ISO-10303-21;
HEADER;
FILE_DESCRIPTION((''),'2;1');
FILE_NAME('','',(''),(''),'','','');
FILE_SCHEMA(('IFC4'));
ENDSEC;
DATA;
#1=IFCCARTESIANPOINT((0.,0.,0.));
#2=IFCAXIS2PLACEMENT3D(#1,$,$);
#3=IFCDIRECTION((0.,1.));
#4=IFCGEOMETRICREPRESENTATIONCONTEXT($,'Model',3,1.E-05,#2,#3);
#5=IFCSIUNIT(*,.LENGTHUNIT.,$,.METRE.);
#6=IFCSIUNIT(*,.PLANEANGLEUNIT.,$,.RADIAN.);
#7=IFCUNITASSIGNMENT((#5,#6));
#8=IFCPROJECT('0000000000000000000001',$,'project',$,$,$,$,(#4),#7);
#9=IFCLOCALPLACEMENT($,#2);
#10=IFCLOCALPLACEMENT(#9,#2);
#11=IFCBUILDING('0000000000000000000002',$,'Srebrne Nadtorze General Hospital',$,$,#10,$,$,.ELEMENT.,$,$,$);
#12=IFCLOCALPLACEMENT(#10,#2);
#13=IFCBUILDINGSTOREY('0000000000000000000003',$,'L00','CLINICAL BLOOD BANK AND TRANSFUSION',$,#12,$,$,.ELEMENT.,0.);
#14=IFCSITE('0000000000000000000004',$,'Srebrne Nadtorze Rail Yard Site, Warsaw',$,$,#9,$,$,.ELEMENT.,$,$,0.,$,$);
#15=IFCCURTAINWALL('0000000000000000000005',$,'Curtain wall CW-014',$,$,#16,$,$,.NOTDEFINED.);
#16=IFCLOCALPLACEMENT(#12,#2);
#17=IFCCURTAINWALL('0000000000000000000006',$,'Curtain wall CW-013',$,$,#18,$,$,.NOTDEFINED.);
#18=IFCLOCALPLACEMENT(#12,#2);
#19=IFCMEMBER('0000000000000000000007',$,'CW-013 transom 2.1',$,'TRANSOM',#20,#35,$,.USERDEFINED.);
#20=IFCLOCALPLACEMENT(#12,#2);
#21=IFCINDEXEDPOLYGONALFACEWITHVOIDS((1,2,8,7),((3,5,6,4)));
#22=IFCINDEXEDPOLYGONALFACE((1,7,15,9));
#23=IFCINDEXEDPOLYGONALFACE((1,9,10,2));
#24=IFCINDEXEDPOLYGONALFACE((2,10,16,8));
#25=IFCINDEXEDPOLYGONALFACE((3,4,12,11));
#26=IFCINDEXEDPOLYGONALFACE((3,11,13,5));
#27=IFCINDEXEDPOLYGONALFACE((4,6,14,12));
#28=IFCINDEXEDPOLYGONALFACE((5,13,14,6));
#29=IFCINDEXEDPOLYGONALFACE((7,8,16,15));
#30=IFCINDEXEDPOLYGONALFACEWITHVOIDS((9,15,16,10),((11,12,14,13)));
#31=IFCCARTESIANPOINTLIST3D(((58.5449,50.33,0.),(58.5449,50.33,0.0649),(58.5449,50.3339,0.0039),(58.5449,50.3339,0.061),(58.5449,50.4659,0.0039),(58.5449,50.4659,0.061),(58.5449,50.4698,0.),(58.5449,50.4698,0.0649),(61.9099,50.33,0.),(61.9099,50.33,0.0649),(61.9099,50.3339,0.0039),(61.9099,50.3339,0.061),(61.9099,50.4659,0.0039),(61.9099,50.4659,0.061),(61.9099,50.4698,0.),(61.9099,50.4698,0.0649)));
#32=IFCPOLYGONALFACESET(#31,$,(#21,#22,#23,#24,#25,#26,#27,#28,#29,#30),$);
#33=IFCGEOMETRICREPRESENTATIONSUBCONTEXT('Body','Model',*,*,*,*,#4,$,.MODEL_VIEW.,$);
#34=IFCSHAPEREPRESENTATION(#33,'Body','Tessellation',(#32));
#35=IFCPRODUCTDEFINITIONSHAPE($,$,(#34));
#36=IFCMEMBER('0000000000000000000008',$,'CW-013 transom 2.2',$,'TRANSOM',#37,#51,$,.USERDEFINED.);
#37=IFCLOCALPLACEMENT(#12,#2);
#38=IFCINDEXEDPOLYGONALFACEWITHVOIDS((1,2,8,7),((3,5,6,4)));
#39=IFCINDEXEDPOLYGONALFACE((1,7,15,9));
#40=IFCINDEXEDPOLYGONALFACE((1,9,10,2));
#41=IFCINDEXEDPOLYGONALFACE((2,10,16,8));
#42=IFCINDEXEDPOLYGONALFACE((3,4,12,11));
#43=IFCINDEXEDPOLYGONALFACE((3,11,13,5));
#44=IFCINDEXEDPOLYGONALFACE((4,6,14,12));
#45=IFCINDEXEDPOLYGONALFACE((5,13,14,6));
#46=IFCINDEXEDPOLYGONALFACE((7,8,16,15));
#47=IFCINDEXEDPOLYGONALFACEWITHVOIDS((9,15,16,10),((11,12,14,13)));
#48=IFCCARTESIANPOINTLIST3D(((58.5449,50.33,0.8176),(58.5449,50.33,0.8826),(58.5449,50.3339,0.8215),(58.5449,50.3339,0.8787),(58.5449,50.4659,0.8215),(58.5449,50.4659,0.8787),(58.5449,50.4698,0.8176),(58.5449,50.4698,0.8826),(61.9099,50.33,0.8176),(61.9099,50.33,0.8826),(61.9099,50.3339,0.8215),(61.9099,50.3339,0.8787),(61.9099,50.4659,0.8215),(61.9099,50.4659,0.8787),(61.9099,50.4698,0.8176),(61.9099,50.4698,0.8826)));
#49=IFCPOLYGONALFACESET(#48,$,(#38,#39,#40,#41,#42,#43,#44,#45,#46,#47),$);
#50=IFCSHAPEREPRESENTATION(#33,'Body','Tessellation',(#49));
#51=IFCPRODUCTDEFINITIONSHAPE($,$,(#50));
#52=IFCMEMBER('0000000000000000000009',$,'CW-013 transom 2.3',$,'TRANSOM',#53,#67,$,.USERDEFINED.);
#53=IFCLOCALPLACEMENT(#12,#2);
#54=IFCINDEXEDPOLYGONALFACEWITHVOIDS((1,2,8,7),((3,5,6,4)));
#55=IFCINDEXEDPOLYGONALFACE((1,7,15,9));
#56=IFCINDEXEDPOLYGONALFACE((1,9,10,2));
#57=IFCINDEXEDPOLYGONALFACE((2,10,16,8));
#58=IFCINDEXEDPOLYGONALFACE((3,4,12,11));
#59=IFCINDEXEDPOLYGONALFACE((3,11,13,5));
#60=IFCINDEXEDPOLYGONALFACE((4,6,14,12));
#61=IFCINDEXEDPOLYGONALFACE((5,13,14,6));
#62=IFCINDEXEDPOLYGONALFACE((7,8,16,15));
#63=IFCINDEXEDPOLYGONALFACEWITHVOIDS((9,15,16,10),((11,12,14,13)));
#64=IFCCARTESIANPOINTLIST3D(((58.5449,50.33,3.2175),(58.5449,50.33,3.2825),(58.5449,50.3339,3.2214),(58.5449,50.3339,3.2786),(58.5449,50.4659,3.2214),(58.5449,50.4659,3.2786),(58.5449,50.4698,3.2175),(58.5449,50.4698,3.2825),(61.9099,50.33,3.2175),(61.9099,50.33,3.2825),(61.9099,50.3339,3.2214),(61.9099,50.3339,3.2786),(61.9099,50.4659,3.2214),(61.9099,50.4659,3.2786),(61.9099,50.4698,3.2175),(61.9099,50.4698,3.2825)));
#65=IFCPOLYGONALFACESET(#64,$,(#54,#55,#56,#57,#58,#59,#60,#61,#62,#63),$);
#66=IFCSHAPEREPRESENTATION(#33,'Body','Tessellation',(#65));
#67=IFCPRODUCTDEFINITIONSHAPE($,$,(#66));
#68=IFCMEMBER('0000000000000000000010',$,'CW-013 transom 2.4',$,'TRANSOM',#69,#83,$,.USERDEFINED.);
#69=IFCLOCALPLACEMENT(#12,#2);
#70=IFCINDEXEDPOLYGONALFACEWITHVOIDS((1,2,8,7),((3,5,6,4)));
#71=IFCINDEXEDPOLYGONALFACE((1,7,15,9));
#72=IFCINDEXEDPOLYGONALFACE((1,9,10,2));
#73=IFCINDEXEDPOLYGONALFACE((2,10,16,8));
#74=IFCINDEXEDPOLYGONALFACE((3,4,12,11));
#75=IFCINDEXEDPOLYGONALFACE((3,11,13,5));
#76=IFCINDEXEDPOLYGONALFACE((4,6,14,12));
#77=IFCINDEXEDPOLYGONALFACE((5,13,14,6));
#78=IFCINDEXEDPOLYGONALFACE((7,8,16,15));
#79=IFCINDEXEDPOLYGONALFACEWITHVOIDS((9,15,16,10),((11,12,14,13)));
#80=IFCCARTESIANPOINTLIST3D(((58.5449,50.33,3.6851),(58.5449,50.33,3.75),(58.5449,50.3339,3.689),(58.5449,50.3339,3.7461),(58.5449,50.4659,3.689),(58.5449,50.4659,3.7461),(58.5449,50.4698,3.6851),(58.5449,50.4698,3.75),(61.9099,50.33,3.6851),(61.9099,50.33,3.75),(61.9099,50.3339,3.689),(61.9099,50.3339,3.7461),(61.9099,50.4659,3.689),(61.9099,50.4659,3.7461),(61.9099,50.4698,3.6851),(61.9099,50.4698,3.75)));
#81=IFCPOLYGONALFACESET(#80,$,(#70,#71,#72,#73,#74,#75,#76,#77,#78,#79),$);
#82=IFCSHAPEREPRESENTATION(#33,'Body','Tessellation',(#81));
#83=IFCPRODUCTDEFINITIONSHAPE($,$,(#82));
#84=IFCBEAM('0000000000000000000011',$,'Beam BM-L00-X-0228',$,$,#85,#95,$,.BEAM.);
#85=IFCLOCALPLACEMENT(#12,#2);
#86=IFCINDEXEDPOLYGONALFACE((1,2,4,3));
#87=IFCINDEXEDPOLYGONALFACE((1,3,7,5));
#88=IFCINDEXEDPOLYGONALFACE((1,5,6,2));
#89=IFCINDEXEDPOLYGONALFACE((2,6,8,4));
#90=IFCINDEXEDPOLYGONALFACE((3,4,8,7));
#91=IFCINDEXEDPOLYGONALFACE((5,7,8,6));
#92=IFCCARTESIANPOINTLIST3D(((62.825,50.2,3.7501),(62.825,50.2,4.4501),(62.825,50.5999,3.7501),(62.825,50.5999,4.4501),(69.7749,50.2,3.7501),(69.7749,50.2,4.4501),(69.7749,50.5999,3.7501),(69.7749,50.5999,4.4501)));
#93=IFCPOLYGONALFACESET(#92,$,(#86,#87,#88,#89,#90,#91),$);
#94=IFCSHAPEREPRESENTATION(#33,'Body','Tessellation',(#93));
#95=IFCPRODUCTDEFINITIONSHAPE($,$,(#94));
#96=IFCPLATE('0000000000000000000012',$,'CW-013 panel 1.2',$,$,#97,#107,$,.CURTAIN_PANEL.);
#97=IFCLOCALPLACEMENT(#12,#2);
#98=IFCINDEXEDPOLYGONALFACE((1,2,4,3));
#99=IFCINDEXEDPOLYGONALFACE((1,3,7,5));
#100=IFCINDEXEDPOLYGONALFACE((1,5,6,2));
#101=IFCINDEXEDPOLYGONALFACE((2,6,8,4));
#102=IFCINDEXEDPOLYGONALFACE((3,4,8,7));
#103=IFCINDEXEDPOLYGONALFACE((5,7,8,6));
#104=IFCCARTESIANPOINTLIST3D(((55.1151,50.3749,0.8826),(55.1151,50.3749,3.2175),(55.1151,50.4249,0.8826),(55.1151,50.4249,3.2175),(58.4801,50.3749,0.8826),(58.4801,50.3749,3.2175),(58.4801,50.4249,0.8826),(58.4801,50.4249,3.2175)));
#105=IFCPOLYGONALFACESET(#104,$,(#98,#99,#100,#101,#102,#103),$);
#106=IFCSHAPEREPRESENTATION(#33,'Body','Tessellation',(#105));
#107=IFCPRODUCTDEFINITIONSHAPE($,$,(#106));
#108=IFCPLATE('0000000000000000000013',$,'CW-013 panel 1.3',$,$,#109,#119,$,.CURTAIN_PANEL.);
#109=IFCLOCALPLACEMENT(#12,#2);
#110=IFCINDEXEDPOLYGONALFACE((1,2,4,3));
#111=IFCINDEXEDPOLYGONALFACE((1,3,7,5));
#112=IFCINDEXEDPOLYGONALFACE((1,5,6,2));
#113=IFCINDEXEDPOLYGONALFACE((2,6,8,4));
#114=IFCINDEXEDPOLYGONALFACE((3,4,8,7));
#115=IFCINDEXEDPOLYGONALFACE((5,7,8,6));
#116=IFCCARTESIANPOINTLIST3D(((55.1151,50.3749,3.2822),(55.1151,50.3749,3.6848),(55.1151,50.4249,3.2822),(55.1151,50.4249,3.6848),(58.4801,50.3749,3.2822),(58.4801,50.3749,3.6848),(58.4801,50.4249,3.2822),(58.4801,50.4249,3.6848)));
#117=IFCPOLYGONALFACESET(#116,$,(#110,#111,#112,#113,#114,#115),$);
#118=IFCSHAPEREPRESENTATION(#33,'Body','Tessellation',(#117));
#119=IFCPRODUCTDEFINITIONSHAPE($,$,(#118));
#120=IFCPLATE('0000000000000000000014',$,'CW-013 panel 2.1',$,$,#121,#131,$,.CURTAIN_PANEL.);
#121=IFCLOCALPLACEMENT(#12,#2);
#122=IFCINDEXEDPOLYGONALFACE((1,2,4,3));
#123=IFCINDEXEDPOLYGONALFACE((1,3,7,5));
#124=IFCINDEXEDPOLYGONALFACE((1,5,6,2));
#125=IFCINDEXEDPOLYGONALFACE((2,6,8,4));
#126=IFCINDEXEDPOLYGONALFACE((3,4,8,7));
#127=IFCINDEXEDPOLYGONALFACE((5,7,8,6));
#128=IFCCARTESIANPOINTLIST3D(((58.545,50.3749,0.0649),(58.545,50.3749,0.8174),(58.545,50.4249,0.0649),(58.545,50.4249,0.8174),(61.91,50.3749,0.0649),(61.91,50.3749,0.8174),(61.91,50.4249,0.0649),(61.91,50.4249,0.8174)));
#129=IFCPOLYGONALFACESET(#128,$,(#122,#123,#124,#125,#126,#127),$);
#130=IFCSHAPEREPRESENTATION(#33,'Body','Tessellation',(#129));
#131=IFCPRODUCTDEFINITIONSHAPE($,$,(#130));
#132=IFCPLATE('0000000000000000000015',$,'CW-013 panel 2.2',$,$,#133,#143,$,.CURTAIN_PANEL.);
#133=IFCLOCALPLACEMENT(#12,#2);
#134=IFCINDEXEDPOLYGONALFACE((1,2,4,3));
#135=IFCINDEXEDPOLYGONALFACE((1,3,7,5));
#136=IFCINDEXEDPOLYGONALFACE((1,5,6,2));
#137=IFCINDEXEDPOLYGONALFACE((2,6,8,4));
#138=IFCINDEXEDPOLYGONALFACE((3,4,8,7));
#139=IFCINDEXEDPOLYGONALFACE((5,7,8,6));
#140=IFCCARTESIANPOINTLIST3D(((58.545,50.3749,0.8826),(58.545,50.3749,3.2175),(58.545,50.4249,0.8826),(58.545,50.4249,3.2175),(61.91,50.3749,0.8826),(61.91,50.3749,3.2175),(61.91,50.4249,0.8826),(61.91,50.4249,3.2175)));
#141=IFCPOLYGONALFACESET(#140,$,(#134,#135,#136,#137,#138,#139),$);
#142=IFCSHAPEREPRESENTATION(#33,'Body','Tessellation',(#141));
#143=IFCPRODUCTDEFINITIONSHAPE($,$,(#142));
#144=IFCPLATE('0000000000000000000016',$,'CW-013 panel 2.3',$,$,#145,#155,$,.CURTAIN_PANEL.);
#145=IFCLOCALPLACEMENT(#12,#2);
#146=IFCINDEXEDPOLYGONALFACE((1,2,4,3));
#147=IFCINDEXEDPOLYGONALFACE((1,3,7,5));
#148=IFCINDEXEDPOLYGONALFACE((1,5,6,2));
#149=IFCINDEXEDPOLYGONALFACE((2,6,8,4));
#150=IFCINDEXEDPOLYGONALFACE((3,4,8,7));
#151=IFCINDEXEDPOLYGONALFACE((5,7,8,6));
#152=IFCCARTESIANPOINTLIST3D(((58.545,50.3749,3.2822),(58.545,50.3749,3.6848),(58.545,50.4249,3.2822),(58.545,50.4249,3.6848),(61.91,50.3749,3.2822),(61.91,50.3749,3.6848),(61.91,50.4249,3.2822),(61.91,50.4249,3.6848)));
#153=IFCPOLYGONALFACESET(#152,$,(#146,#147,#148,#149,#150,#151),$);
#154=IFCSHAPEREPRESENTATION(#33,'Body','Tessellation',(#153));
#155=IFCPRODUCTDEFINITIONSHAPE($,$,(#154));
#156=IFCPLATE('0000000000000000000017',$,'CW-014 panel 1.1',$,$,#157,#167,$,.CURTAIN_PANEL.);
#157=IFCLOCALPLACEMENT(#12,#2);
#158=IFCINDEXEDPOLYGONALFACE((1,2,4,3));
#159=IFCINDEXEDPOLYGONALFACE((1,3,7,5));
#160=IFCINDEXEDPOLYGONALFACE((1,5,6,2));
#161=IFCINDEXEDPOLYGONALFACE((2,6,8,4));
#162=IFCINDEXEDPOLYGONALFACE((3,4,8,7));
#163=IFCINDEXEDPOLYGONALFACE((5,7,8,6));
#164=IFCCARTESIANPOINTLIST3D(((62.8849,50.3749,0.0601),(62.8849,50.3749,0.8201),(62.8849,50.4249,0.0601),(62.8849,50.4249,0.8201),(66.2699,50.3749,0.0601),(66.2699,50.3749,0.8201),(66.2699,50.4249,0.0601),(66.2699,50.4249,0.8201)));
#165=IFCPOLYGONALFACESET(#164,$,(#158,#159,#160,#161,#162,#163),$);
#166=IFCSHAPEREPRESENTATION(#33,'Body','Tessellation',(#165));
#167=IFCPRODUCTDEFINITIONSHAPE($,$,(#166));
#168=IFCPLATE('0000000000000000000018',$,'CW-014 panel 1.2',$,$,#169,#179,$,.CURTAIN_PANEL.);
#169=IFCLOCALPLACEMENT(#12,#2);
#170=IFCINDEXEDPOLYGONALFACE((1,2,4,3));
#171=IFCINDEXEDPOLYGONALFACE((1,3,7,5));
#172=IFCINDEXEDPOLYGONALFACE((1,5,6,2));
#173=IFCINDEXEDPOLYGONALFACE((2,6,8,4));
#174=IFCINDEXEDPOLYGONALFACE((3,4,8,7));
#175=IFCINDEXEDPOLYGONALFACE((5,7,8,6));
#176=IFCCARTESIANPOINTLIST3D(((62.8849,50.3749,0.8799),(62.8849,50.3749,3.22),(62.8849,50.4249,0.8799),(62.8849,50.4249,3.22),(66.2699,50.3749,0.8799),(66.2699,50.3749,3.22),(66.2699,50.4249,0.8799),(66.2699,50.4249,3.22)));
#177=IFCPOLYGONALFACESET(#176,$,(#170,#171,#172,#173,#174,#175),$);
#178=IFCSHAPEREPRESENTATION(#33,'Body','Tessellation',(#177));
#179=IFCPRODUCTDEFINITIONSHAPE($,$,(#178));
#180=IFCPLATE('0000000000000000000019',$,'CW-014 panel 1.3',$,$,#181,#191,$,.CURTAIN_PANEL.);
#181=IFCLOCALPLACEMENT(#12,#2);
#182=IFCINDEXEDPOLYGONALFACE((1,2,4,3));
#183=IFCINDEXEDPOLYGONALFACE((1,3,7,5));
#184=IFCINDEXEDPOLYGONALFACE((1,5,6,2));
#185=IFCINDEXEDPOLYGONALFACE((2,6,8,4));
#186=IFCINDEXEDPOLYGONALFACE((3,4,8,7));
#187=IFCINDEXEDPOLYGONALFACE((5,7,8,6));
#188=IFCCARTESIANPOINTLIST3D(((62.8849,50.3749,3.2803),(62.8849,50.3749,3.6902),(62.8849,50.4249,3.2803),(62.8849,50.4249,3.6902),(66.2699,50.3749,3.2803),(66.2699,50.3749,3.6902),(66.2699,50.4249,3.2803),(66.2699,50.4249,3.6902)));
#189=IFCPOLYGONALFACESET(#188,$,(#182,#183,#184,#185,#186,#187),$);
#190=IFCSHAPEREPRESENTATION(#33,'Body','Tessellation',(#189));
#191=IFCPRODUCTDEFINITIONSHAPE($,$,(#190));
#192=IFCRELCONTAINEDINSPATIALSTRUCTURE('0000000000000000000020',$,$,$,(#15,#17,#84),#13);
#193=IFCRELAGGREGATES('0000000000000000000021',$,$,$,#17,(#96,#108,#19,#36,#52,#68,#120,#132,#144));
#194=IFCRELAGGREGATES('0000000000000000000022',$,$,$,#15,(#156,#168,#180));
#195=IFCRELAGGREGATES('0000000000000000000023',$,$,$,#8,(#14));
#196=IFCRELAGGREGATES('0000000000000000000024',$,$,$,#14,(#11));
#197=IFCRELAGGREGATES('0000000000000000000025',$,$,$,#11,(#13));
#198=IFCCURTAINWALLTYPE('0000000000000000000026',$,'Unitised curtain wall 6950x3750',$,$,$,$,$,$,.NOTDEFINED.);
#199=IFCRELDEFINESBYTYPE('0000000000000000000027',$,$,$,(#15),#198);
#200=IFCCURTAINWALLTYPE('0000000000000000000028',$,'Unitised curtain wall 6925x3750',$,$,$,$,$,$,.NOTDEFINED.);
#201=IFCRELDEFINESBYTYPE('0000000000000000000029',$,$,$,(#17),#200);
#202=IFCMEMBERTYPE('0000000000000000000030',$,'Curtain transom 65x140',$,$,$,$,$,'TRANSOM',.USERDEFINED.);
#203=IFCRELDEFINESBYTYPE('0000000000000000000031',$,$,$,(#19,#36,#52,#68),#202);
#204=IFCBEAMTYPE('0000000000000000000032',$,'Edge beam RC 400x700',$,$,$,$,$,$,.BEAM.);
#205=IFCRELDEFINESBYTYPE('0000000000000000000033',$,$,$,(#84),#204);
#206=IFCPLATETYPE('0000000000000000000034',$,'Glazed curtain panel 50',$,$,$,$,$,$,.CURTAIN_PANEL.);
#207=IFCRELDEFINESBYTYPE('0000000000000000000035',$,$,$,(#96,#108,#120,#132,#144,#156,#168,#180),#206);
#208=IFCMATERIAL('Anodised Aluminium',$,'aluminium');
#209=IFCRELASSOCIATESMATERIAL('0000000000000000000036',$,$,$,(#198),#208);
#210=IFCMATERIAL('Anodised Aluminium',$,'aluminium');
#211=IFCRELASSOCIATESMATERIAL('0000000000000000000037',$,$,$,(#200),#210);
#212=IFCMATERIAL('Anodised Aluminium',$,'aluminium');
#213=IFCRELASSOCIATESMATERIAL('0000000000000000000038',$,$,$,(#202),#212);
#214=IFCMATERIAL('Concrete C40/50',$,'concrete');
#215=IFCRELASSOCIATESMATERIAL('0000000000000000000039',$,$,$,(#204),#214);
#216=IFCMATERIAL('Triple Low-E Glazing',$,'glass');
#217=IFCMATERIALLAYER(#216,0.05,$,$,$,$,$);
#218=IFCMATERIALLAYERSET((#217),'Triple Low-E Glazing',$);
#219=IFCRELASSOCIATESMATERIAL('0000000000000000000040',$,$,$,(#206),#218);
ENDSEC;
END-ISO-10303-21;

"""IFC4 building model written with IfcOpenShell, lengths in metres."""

from ifc_helpers import new_model, si_unit, direction, frame, origin, origin_2d, place, context, subcontext, project, spatial, rectangle, hollow_rectangle, extrude, material, layer, layer_set, material_profile, profile_set, type_object, element, aggregate, save


model = new_model("IFC4")

# Units and contexts
model_context = context("Model", 3, precision=1e-05, world=origin(), true_north=direction((0.0, 1.0)))
body_context = subcontext(model_context, "Body", "Model", "MODEL_VIEW")
ifc_project = project(units=[si_unit("LENGTHUNIT", "METRE"), si_unit("PLANEANGLEUNIT", "RADIAN")], contexts=[model_context])

# Site, building, storey
site_placement = place(None, origin())
site = spatial("IfcSite", under=ifc_project, at=site_placement, Name="Srebrne Nadtorze Rail Yard Site, Warsaw", CompositionType="ELEMENT", RefElevation=0.0)
building_placement = place(site_placement, origin())
building = spatial("IfcBuilding", under=site, at=building_placement, Name="Srebrne Nadtorze General Hospital", CompositionType="ELEMENT")
storey_placement = place(building_placement, origin())
storey = spatial("IfcBuildingStorey", under=building, at=storey_placement, Name="L00", Description="CLINICAL BLOOD BANK AND TRANSFUSION", CompositionType="ELEMENT", Elevation=0.0)

# Curtain walls
ifc_material_1 = material(Name="Anodised Aluminium", Category="aluminium")
curtain_wall_type_1 = type_object("IfcCurtainWallType", Name="Unitised curtain wall 6950x3750", PredefinedType="NOTDEFINED", material=ifc_material_1)
curtain_wall_1_placement = place(storey_placement, origin())
curtain_wall_1 = element("IfcCurtainWall", 1, at=curtain_wall_1_placement, inside=storey, type_object=curtain_wall_type_1, Name="Curtain wall CW-014", PredefinedType="NOTDEFINED")
ifc_material_2 = material(Name="Anodised Aluminium", Category="aluminium")
curtain_wall_type_2 = type_object("IfcCurtainWallType", Name="Unitised curtain wall 6925x3750", PredefinedType="NOTDEFINED", material=ifc_material_2)
curtain_wall_2_placement = place(storey_placement, origin())
curtain_wall_2 = element("IfcCurtainWall", 2, at=curtain_wall_2_placement, inside=storey, type_object=curtain_wall_type_2, Name="Curtain wall CW-013", PredefinedType="NOTDEFINED")

# Members
ifc_material_3 = material(Name="Anodised Aluminium", Category="aluminium")
ifc_material_profile_1 = material_profile(ifc_material_3, hollow_rectangle(XDim=0.0649, YDim=0.1399, WallThickness=0.0039, at=origin_2d()), Name="AL-TRN-65x140")
ifc_profile_set_1 = profile_set([ifc_material_profile_1], Name="Anodised Aluminium")
member_type_1 = type_object("IfcMemberType", Name="Curtain transom 65x140", ElementType="TRANSOM", PredefinedType="USERDEFINED", material=ifc_profile_set_1)
member_1_placement = place(storey_placement, frame((58.5449, 50.3999, 0.0325), z_axis=(1.0, 0.0, 0.0), x_axis=(0.0, 0.0, 1.0)))
member_1 = element("IfcMember", 3, at=member_1_placement, type_object=member_type_1, Name="CW-013 transom 2.1", ObjectType="TRANSOM", PredefinedType="USERDEFINED", context=body_context, shape_type="SweptSolid", body=[
    extrude(hollow_rectangle(XDim=0.0649, YDim=0.1399, WallThickness=0.0039, at=origin_2d()), origin(), (0.0, 0.0, 1.0), 3.365),
])
member_2_placement = place(storey_placement, frame((58.5449, 50.3999, 0.8501), z_axis=(1.0, 0.0, 0.0), x_axis=(0.0, 0.0, 1.0)))
member_2 = element("IfcMember", 4, at=member_2_placement, type_object=member_type_1, Name="CW-013 transom 2.2", ObjectType="TRANSOM", PredefinedType="USERDEFINED", context=body_context, shape_type="SweptSolid", body=[
    extrude(hollow_rectangle(XDim=0.0649, YDim=0.1399, WallThickness=0.0039, at=origin_2d()), origin(), (0.0, 0.0, 1.0), 3.365),
])
member_3_placement = place(storey_placement, frame((58.5449, 50.3999, 3.25), z_axis=(1.0, 0.0, 0.0), x_axis=(0.0, 0.0, 1.0)))
member_3 = element("IfcMember", 5, at=member_3_placement, type_object=member_type_1, Name="CW-013 transom 2.3", ObjectType="TRANSOM", PredefinedType="USERDEFINED", context=body_context, shape_type="SweptSolid", body=[
    extrude(hollow_rectangle(XDim=0.0649, YDim=0.1399, WallThickness=0.0039, at=origin_2d()), origin(), (0.0, 0.0, 1.0), 3.365),
])
member_4_placement = place(storey_placement, frame((58.5449, 50.3999, 3.7175), z_axis=(1.0, 0.0, 0.0), x_axis=(0.0, 0.0, 1.0)))
member_4 = element("IfcMember", 6, at=member_4_placement, type_object=member_type_1, Name="CW-013 transom 2.4", ObjectType="TRANSOM", PredefinedType="USERDEFINED", context=body_context, shape_type="SweptSolid", body=[
    extrude(hollow_rectangle(XDim=0.0649, YDim=0.1399, WallThickness=0.0039, at=origin_2d()), origin(), (0.0, 0.0, 1.0), 3.365),
])

# Beam
ifc_material_4 = material(Name="Concrete C40/50", Category="concrete")
ifc_material_profile_2 = material_profile(ifc_material_4, rectangle(XDim=0.3999, YDim=0.7, at=origin_2d()), Name="RC-BM-400x700")
ifc_profile_set_2 = profile_set([ifc_material_profile_2], Name="Concrete C40/50")
beam_type = type_object("IfcBeamType", Name="Edge beam RC 400x700", PredefinedType="BEAM", material=ifc_profile_set_2)
beam_placement = place(storey_placement, frame((62.825, 50.3999, 4.1001), z_axis=(1.0, 0.0, 0.0), x_axis=(0.0, 1.0, 0.0)))
element("IfcBeam", 7, at=beam_placement, inside=storey, type_object=beam_type, Name="Beam BM-L00-X-0228", PredefinedType="BEAM", context=body_context, shape_type="SweptSolid", body=[
    extrude(rectangle(XDim=0.3999, YDim=0.7, at=origin_2d()), origin(), (0.0, 0.0, 1.0), 6.95),
])

# Plates
ifc_material_5 = material(Name="Triple Low-E Glazing", Category="glass")
ifc_layer = layer(ifc_material_5, 0.05)
ifc_layer_set = layer_set([ifc_layer], Name="Triple Low-E Glazing")
plate_type = type_object("IfcPlateType", Name="Glazed curtain panel 50", PredefinedType="CURTAIN_PANEL", material=ifc_layer_set)
plate_1_placement = place(storey_placement, frame((56.7976, 50.3999, 0.8826), z_axis=(0.0, 0.0, 1.0), x_axis=(1.0, 0.0, 0.0)))
plate_1 = element("IfcPlate", 8, at=plate_1_placement, type_object=plate_type, Name="CW-013 panel 1.2", PredefinedType="CURTAIN_PANEL", context=body_context, shape_type="SweptSolid", body=[
    extrude(rectangle(XDim=3.365, YDim=0.05, at=origin_2d()), origin(), (0.0, 0.0, 1.0), 2.335),
])
plate_2_placement = place(storey_placement, frame((56.7976, 50.3999, 3.2822), z_axis=(0.0, 0.0, 1.0), x_axis=(1.0, 0.0, 0.0)))
plate_2 = element("IfcPlate", 9, at=plate_2_placement, type_object=plate_type, Name="CW-013 panel 1.3", PredefinedType="CURTAIN_PANEL", context=body_context, shape_type="SweptSolid", body=[
    extrude(rectangle(XDim=3.365, YDim=0.05, at=origin_2d()), origin(), (0.0, 0.0, 1.0), 0.4026),
])
plate_3_placement = place(storey_placement, frame((60.2275, 50.3999, 0.0649), z_axis=(0.0, 0.0, 1.0), x_axis=(1.0, 0.0, 0.0)))
plate_3 = element("IfcPlate", 10, at=plate_3_placement, type_object=plate_type, Name="CW-013 panel 2.1", PredefinedType="CURTAIN_PANEL", context=body_context, shape_type="SweptSolid", body=[
    extrude(rectangle(XDim=3.365, YDim=0.05, at=origin_2d()), origin(), (0.0, 0.0, 1.0), 0.7524),
])
plate_4_placement = place(storey_placement, frame((60.2275, 50.3999, 0.8826), z_axis=(0.0, 0.0, 1.0), x_axis=(1.0, 0.0, 0.0)))
plate_4 = element("IfcPlate", 11, at=plate_4_placement, type_object=plate_type, Name="CW-013 panel 2.2", PredefinedType="CURTAIN_PANEL", context=body_context, shape_type="SweptSolid", body=[
    extrude(rectangle(XDim=3.365, YDim=0.05, at=origin_2d()), origin(), (0.0, 0.0, 1.0), 2.335),
])
plate_5_placement = place(storey_placement, frame((60.2275, 50.3999, 3.2822), z_axis=(0.0, 0.0, 1.0), x_axis=(1.0, 0.0, 0.0)))
plate_5 = element("IfcPlate", 12, at=plate_5_placement, type_object=plate_type, Name="CW-013 panel 2.3", PredefinedType="CURTAIN_PANEL", context=body_context, shape_type="SweptSolid", body=[
    extrude(rectangle(XDim=3.365, YDim=0.05, at=origin_2d()), origin(), (0.0, 0.0, 1.0), 0.4026),
])
aggregate(curtain_wall_2, [plate_1, plate_2, member_1, member_2, member_3, member_4, plate_3, plate_4, plate_5])
plate_6_placement = place(storey_placement, frame((64.5774, 50.3999, 0.0601), z_axis=(0.0, 0.0, 1.0), x_axis=(1.0, 0.0, 0.0)))
plate_6 = element("IfcPlate", 13, at=plate_6_placement, type_object=plate_type, Name="CW-014 panel 1.1", PredefinedType="CURTAIN_PANEL", context=body_context, shape_type="SweptSolid", body=[
    extrude(rectangle(XDim=3.385, YDim=0.05, at=origin_2d()), origin(), (0.0, 0.0, 1.0), 0.76),
])
plate_7_placement = place(storey_placement, frame((64.5774, 50.3999, 0.8799), z_axis=(0.0, 0.0, 1.0), x_axis=(1.0, 0.0, 0.0)))
plate_7 = element("IfcPlate", 14, at=plate_7_placement, type_object=plate_type, Name="CW-014 panel 1.2", PredefinedType="CURTAIN_PANEL", context=body_context, shape_type="SweptSolid", body=[
    extrude(rectangle(XDim=3.385, YDim=0.05, at=origin_2d()), origin(), (0.0, 0.0, 1.0), 2.3401),
])
plate_8_placement = place(storey_placement, frame((64.5774, 50.3999, 3.2803), z_axis=(0.0, 0.0, 1.0), x_axis=(1.0, 0.0, 0.0)))
plate_8 = element("IfcPlate", 15, at=plate_8_placement, type_object=plate_type, Name="CW-014 panel 1.3", PredefinedType="CURTAIN_PANEL", context=body_context, shape_type="SweptSolid", body=[
    extrude(rectangle(XDim=3.385, YDim=0.05, at=origin_2d()), origin(), (0.0, 0.0, 1.0), 0.4099),
])
aggregate(curtain_wall_1, [plate_6, plate_7, plate_8])

save(model, "model.ifc")
